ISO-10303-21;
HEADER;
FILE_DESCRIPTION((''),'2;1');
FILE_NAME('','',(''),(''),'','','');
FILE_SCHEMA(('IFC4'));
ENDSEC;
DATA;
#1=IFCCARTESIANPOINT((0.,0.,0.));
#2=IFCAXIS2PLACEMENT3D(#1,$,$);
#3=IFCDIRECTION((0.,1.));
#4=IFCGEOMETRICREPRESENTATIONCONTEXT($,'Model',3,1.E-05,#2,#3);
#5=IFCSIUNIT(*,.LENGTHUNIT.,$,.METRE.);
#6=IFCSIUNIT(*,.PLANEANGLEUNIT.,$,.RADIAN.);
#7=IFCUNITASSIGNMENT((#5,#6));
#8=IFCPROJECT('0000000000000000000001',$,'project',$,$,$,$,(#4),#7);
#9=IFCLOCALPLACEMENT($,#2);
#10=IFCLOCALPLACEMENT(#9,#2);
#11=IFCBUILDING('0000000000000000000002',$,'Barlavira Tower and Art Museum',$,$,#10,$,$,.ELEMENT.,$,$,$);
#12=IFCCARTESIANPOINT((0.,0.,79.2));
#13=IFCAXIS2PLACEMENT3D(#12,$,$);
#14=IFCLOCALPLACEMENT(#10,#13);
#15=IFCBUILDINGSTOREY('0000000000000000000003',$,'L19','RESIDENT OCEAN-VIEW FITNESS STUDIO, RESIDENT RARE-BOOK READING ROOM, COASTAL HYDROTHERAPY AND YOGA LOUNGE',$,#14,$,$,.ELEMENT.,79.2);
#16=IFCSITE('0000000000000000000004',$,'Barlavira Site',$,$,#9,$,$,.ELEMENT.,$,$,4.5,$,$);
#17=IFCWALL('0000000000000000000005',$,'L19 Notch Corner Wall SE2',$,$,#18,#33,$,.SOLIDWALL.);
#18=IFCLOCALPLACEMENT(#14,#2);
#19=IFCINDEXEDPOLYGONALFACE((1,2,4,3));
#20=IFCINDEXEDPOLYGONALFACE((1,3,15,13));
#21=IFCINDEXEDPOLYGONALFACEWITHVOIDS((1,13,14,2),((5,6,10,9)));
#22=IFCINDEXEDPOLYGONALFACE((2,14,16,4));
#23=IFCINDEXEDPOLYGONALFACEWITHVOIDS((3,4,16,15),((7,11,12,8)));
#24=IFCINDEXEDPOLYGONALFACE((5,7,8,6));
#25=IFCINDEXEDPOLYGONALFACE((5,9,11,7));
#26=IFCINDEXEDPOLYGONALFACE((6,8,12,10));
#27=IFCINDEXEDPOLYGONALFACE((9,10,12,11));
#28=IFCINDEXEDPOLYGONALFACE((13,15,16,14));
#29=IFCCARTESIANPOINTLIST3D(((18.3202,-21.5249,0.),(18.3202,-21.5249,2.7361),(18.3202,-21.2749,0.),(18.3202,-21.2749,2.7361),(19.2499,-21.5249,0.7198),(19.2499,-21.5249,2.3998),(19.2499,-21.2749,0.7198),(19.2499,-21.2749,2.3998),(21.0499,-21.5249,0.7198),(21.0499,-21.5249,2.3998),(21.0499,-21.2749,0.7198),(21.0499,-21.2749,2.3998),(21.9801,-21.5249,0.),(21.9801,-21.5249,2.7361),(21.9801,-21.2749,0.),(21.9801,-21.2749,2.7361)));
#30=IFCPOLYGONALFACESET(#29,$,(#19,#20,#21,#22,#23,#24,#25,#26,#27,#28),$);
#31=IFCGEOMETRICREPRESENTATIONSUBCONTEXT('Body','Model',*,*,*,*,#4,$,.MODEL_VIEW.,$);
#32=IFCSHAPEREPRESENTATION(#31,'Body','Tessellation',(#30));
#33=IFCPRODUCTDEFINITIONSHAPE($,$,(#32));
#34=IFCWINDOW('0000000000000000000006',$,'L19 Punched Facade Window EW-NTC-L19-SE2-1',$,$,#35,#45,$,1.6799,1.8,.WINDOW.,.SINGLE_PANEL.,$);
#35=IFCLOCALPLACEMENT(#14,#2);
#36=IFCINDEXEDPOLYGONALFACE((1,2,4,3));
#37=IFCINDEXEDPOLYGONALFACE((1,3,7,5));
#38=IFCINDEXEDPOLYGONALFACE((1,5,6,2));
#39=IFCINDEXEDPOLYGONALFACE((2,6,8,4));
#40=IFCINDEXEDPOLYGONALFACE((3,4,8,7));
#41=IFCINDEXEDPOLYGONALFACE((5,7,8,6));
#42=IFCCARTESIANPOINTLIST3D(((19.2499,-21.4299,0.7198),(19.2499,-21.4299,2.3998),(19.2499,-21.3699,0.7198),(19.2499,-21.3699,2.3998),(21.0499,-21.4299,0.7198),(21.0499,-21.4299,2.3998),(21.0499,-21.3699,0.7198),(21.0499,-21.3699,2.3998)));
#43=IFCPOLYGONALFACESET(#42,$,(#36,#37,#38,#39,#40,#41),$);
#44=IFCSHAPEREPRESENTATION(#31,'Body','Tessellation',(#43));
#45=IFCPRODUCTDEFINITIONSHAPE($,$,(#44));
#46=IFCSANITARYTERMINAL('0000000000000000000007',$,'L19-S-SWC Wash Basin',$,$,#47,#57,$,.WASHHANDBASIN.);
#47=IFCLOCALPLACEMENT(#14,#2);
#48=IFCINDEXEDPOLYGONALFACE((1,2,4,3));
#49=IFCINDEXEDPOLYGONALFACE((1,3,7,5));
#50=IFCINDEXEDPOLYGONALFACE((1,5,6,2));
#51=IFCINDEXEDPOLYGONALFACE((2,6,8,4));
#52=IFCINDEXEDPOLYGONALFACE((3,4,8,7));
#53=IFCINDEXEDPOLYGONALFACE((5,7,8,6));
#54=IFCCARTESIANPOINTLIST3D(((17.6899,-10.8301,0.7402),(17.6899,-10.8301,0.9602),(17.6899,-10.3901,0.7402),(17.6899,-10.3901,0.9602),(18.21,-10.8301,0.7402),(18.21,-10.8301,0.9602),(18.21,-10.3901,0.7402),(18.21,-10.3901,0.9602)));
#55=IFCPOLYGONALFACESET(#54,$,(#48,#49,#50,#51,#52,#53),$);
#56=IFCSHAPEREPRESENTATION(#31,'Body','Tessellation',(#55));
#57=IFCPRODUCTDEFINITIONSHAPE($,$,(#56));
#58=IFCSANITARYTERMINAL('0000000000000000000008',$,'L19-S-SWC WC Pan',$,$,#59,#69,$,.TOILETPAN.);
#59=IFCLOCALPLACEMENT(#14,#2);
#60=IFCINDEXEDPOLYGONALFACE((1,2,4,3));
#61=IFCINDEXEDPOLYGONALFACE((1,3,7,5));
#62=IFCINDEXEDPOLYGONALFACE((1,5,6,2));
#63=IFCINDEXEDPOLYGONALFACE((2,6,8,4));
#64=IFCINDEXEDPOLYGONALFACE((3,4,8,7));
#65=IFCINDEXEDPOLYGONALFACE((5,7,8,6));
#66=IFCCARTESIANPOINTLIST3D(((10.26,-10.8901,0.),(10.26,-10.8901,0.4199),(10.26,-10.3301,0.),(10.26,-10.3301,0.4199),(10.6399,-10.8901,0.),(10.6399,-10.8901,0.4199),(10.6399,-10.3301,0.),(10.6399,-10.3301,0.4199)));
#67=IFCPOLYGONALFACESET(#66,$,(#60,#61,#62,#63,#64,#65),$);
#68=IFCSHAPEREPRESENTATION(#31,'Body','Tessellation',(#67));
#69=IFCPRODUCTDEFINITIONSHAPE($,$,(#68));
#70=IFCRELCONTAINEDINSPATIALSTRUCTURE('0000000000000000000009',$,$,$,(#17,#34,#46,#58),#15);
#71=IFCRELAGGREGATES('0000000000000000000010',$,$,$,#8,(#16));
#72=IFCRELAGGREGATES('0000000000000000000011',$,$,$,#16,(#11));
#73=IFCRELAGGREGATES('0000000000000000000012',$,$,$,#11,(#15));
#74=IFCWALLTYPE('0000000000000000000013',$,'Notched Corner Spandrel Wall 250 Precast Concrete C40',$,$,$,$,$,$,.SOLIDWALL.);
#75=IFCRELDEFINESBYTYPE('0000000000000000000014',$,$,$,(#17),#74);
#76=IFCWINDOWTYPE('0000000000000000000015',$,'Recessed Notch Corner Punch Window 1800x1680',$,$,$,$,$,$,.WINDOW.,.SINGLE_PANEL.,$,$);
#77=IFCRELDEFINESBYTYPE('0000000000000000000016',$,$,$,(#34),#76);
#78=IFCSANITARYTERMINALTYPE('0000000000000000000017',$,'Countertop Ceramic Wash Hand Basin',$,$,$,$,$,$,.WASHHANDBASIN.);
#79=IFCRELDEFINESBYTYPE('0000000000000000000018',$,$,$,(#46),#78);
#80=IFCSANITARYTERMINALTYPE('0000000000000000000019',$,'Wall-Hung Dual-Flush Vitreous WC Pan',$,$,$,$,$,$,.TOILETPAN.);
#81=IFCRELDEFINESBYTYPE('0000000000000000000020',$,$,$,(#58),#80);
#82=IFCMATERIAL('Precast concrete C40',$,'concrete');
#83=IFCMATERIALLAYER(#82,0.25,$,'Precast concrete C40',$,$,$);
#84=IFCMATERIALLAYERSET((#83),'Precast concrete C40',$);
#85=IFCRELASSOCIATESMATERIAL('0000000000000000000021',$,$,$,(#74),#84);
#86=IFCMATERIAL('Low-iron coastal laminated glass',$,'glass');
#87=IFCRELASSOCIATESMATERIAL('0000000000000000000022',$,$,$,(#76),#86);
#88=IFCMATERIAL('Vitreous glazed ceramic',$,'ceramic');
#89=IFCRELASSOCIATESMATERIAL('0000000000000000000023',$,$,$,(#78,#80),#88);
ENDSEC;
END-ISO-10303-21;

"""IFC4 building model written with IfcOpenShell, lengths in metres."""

from ifc_helpers import new_model, si_unit, direction, frame, frame_2d, origin, origin_2d, place, context, subcontext, project, spatial, rectangle, extrude, material, layer, layer_set, type_object, element, fill, save


model = new_model("IFC4")

# Units and contexts
model_context = context("Model", 3, precision=1e-05, world=origin(), true_north=direction((0.0, 1.0)))
body_context = subcontext(model_context, "Body", "Model", "MODEL_VIEW")
ifc_project = project(units=[si_unit("LENGTHUNIT", "METRE"), si_unit("PLANEANGLEUNIT", "RADIAN")], contexts=[model_context])

# Site, building, storey
site_placement = place(None, origin())
site = spatial("IfcSite", under=ifc_project, at=site_placement, Name="Barlavira Site", CompositionType="ELEMENT", RefElevation=4.5)
building_placement = place(site_placement, origin())
building = spatial("IfcBuilding", under=site, at=building_placement, Name="Barlavira Tower and Art Museum", CompositionType="ELEMENT")
storey_placement = place(building_placement, frame((0.0, 0.0, 79.2)))
storey = spatial("IfcBuildingStorey", under=building, at=storey_placement, Name="L19", Description="RESIDENT OCEAN-VIEW FITNESS STUDIO, RESIDENT RARE-BOOK READING ROOM, COASTAL HYDROTHERAPY AND YOGA LOUNGE", CompositionType="ELEMENT", Elevation=79.2)

# Shared definitions
ifc_material_1 = material(Name="Precast concrete C40", Category="concrete")
ifc_layer_1 = layer(ifc_material_1, 0.25, Name="Precast concrete C40")
ifc_layer_set_1 = layer_set([ifc_layer_1], Name="Precast concrete C40")
wall_type_1 = type_object("IfcWallType", Name="Notched Corner Spandrel Wall 250 Precast Concrete C40", PredefinedType="SOLIDWALL", material=ifc_layer_set_1)
ifc_material_2 = material(Name="Low-iron coastal laminated glass", Category="glass")
window_type = type_object("IfcWindowType", Name="Recessed Notch Corner Punch Window 1800x1680", PartitioningType="SINGLE_PANEL", PredefinedType="WINDOW", material=ifc_material_2)

# Wall, opening, window
wall_1_placement = place(storey_placement, frame((18.3201, -21.3999, 0.0), z_axis=(0.0, 0.0, 1.0), x_axis=(1.0, 0.0, 0.0)))
wall_1 = element("IfcWall", 1, at=wall_1_placement, inside=storey, type_object=wall_type_1, Name="L19 Notch Corner Wall SE2", PredefinedType="SOLIDWALL", context=body_context, shape_type="SweptSolid", body=[
    extrude(rectangle(XDim=3.6599, YDim=0.25, at=frame_2d((1.8301, 0.0))), origin(), (0.0, 0.0, 1.0), 2.7361),
])
opening_1_placement = place(wall_1_placement, frame((0.9299, 0.0, 0.72)))
opening_1 = element("IfcOpeningElement", 2, at=opening_1_placement, cuts=wall_1, PredefinedType="OPENING", context=body_context, shape_type="SweptSolid", body=[
    extrude(rectangle(XDim=1.8, YDim=1.6799, at=frame_2d((0.8999, 0.8398))), frame((0.0, 0.135, 0.0), z_axis=(0.0, -1.0, 0.0), x_axis=(1.0, 0.0, 0.0)), (0.0, 0.0, 1.0), 0.27),
])
window_1_placement = place(opening_1_placement, origin())
window_1 = element("IfcWindow", 3, at=window_1_placement, inside=storey, type_object=window_type, Name="L19 Punched Facade Window EW-NTC-L19-SE2-1", OverallHeight=1.6799, OverallWidth=1.8, PartitioningType="SINGLE_PANEL", PredefinedType="WINDOW", context=body_context, shape_type="SweptSolid", body=[
    extrude(rectangle(XDim=1.8, YDim=1.6799, at=frame_2d((0.8999, 0.8398))), frame((0.0, 0.03, 0.0), z_axis=(0.0, -1.0, 0.0), x_axis=(1.0, 0.0, 0.0)), (0.0, 0.0, 1.0), 0.0601),
])
fill(opening_1, window_1)

# Sanitary terminals
ifc_material_3 = material(Name="Vitreous glazed ceramic", Category="ceramic")
sanitary_terminal_type_1 = type_object("IfcSanitaryTerminalType", Name="Countertop Ceramic Wash Hand Basin", PredefinedType="WASHHANDBASIN", material=ifc_material_3)
sanitary_terminal_1_placement = place(storey_placement, frame((17.95, -10.6101, 0.7402), z_axis=(0.0, 0.0, 1.0), x_axis=(1.0, 0.0, 0.0)))
element("IfcSanitaryTerminal", 4, at=sanitary_terminal_1_placement, inside=storey, type_object=sanitary_terminal_type_1, Name="L19-S-SWC Wash Basin", PredefinedType="WASHHANDBASIN", context=body_context, shape_type="SweptSolid", body=[
    extrude(rectangle(XDim=0.52, YDim=0.4399, at=origin_2d()), origin(), (0.0, 0.0, 1.0), 0.22),
])
sanitary_terminal_type_2 = type_object("IfcSanitaryTerminalType", Name="Wall-Hung Dual-Flush Vitreous WC Pan", PredefinedType="TOILETPAN", material=ifc_material_3)
sanitary_terminal_2_placement = place(storey_placement, frame((10.45, -10.6101, 0.0), z_axis=(0.0, 0.0, 1.0), x_axis=(1.0, 0.0, 0.0)))
element("IfcSanitaryTerminal", 5, at=sanitary_terminal_2_placement, inside=storey, type_object=sanitary_terminal_type_2, Name="L19-S-SWC WC Pan", PredefinedType="TOILETPAN", context=body_context, shape_type="SweptSolid", body=[
    extrude(rectangle(XDim=0.3799, YDim=0.5601, at=origin_2d()), origin(), (0.0, 0.0, 1.0), 0.4199),
])

save(model, "model.ifc")
